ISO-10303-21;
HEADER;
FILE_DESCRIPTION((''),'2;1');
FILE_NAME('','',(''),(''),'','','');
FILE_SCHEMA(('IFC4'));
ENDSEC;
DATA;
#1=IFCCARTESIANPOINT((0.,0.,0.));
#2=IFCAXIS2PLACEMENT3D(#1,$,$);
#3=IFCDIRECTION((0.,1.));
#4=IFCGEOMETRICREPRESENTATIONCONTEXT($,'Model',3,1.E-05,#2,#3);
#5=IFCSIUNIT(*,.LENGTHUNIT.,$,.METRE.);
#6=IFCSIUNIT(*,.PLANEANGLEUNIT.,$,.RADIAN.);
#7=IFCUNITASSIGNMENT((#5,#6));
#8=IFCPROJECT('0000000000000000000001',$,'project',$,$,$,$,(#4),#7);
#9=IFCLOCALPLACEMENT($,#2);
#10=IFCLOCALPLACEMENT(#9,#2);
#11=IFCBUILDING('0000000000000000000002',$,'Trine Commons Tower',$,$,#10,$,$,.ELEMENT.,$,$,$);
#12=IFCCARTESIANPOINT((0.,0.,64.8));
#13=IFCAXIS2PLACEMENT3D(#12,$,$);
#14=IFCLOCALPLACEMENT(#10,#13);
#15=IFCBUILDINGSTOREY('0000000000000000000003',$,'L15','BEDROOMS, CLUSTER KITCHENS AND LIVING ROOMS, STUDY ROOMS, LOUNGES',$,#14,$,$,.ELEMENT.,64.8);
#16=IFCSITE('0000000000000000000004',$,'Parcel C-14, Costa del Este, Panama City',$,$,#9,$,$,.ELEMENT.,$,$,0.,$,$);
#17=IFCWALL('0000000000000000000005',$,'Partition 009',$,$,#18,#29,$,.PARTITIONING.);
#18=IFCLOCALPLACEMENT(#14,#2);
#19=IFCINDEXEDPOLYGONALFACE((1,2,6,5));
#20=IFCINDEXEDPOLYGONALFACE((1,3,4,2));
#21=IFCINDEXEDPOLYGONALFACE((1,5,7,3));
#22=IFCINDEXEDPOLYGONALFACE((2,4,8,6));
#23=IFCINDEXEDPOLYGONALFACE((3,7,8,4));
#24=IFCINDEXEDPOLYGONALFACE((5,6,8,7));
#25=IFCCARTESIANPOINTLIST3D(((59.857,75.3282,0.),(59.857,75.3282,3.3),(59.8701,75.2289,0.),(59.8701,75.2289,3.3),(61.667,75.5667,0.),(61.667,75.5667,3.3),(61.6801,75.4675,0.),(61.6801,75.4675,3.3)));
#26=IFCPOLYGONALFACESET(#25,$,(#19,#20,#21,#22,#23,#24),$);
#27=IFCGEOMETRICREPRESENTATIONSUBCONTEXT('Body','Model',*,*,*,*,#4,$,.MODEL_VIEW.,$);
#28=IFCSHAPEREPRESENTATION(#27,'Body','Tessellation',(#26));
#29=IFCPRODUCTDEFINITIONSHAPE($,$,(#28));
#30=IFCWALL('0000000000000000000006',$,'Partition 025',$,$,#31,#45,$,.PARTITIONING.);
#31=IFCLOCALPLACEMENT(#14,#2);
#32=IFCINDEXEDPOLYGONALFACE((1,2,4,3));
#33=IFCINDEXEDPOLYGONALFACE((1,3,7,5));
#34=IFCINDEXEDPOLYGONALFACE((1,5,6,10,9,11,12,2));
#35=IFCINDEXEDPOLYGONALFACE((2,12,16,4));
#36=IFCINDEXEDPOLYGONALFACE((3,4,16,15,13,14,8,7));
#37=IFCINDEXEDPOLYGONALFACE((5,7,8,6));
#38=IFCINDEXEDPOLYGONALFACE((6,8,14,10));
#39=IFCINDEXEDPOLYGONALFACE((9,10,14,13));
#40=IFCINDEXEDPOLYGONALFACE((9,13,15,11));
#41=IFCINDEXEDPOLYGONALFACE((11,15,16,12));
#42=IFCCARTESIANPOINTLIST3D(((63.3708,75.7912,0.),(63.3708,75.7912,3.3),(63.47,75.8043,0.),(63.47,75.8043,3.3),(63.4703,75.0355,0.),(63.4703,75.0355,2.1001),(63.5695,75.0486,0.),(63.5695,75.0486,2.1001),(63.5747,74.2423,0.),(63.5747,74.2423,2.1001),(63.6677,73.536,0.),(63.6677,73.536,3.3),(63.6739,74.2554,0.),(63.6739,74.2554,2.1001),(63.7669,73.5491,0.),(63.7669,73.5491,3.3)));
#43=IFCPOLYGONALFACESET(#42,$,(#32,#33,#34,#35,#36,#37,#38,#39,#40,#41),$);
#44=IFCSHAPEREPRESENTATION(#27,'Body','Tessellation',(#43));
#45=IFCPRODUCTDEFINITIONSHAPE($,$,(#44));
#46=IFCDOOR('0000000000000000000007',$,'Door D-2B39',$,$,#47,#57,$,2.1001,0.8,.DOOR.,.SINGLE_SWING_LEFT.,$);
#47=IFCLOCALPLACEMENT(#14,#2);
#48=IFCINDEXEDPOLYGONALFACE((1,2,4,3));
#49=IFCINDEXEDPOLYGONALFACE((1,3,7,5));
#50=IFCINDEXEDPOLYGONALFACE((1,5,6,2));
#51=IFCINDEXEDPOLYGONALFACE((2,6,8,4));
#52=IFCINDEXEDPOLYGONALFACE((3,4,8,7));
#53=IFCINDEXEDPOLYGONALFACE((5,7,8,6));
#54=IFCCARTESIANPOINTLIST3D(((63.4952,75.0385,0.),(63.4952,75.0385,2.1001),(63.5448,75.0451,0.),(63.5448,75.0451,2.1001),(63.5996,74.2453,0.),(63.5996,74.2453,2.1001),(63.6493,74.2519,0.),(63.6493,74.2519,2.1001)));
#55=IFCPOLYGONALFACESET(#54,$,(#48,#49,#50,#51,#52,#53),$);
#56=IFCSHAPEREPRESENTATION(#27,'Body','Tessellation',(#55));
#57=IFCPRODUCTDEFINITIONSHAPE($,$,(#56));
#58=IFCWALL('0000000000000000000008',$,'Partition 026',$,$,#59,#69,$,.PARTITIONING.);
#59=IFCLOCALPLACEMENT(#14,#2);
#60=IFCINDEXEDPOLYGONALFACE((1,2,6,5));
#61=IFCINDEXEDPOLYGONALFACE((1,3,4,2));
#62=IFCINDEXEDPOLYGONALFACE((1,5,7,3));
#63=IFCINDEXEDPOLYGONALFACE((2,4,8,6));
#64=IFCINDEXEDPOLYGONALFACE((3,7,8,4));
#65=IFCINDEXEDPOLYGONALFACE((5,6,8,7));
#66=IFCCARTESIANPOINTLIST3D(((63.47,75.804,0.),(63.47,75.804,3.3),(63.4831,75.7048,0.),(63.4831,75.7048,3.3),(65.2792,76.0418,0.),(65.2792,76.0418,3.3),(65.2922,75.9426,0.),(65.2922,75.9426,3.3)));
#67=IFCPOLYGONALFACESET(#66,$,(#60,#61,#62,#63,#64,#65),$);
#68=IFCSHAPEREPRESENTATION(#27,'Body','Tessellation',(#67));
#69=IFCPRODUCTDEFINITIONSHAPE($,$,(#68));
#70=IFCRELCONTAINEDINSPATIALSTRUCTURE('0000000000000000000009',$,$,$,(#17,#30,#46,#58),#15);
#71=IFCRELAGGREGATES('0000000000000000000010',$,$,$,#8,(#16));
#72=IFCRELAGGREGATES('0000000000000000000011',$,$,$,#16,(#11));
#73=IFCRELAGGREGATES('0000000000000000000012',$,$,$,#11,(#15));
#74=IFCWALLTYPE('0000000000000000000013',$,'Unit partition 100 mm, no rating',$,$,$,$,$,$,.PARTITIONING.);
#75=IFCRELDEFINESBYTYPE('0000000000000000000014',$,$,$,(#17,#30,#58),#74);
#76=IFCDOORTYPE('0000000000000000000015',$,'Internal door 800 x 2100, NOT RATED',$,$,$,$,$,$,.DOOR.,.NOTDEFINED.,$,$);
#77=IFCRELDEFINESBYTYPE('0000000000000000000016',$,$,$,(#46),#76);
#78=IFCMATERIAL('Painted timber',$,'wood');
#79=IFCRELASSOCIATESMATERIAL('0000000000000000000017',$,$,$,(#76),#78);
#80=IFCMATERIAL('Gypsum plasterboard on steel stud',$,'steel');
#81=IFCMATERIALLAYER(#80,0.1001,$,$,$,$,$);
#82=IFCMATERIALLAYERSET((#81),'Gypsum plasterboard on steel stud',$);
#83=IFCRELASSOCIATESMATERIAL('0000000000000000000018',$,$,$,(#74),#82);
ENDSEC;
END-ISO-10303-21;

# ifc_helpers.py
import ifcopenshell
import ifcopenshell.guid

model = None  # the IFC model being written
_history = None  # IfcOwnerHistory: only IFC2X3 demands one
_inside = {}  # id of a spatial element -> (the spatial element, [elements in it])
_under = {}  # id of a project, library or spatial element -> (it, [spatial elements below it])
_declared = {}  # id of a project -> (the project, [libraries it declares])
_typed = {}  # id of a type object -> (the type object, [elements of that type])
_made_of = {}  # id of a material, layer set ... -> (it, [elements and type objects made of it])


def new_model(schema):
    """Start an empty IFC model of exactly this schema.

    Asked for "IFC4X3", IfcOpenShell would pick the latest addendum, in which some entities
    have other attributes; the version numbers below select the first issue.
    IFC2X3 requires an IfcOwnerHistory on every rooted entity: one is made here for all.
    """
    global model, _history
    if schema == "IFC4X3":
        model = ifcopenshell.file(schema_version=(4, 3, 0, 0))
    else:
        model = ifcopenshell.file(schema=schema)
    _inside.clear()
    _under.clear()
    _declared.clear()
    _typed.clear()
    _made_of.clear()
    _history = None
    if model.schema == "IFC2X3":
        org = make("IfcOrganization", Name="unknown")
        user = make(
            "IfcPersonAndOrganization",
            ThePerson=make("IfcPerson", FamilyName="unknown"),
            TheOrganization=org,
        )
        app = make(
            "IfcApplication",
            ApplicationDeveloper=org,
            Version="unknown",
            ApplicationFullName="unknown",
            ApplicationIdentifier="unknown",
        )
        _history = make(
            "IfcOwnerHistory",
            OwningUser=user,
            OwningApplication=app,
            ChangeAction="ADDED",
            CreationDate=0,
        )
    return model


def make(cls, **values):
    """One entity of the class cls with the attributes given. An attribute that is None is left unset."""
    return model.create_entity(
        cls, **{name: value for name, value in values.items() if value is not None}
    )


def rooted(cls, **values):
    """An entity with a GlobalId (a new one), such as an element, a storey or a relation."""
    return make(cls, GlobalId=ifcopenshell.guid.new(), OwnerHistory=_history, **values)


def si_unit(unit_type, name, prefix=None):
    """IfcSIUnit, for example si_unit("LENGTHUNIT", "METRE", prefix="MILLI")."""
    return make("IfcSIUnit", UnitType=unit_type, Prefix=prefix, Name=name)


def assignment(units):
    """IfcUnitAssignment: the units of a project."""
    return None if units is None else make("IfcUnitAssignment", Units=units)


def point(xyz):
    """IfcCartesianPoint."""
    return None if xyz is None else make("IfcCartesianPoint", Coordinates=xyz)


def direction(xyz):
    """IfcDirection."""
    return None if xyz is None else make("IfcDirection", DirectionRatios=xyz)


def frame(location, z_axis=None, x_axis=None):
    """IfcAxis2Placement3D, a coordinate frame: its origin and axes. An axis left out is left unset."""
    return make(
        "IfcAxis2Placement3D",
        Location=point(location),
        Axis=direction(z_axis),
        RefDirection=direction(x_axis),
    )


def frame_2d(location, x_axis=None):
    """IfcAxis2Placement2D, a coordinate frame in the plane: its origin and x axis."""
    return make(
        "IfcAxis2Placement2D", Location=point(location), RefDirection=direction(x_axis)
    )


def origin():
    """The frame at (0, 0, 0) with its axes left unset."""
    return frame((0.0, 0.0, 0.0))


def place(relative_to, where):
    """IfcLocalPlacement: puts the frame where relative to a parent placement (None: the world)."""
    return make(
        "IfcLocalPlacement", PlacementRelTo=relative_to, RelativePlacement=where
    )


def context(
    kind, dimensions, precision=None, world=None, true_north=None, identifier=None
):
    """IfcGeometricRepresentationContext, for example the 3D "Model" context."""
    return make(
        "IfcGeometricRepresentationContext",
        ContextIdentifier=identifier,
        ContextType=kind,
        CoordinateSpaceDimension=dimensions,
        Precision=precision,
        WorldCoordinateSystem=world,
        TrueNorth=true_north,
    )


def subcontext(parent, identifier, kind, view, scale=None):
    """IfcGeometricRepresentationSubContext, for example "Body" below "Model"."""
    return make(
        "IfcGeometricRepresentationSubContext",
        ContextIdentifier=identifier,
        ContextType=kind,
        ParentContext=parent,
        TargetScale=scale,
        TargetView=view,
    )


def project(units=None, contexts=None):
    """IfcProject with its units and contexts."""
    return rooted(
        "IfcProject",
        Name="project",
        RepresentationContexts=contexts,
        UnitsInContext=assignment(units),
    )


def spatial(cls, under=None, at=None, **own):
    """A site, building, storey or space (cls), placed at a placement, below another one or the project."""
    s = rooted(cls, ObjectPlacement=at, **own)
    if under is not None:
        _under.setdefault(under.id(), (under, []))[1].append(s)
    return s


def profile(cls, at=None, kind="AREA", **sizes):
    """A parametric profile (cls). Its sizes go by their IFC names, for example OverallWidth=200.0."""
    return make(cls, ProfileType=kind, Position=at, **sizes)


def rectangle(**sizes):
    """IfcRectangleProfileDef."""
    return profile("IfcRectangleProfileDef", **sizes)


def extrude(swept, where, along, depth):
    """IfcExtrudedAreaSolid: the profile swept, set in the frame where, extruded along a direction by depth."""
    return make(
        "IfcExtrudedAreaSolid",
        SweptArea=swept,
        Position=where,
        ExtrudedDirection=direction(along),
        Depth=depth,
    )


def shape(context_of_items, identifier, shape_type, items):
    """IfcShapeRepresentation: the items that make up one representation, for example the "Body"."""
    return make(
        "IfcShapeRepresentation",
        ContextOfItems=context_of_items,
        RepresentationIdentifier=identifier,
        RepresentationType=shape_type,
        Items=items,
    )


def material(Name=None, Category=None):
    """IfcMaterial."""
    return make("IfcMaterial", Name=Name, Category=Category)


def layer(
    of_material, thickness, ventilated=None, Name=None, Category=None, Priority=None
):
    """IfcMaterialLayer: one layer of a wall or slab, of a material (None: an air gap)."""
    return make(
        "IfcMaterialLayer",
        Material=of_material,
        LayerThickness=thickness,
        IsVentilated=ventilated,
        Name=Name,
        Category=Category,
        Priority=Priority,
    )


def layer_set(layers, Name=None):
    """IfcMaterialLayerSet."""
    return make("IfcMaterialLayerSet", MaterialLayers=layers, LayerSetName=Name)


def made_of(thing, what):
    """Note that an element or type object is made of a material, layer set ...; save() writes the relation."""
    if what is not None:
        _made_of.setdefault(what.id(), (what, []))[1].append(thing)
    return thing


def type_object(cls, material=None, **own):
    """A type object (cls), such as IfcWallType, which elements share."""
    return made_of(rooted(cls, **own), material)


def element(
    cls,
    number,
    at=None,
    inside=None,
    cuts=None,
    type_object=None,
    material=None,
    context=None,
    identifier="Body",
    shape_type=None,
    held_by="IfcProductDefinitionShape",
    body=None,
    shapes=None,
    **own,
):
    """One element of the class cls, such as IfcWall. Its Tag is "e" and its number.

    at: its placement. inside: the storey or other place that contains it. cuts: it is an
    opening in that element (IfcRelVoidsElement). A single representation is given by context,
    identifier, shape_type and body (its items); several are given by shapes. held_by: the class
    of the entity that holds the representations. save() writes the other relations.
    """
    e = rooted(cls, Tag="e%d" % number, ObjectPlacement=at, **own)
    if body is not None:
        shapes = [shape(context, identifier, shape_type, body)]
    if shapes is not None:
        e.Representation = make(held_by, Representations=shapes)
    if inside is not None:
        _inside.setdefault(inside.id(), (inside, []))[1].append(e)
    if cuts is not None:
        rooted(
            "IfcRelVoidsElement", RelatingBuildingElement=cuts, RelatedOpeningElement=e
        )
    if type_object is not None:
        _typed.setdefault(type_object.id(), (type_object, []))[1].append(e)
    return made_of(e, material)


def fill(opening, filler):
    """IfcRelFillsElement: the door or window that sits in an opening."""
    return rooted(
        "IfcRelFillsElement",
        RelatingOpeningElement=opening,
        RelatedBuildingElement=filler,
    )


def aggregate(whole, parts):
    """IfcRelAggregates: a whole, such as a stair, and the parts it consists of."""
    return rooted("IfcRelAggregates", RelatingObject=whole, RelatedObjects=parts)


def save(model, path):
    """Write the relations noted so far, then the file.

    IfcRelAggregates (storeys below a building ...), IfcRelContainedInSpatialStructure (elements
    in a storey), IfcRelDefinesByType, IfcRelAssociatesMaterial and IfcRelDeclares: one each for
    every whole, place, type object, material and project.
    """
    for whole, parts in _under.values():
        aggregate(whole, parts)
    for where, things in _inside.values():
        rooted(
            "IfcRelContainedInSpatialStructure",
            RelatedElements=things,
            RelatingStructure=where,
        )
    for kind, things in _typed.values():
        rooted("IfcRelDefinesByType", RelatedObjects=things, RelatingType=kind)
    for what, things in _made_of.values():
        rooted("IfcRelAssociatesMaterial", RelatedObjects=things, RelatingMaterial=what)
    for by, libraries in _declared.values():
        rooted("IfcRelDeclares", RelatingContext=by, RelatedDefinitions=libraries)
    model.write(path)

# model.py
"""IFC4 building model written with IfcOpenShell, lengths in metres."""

from ifc_helpers import new_model, si_unit, direction, frame, frame_2d, origin, place, context, subcontext, project, spatial, rectangle, extrude, material, layer, layer_set, type_object, element, fill, save


model = new_model("IFC4")

# Units and contexts
model_context = context("Model", 3, precision=1e-05, world=origin(), true_north=direction((0.0, 1.0)))
body_context = subcontext(model_context, "Body", "Model", "MODEL_VIEW")
ifc_project = project(units=[si_unit("LENGTHUNIT", "METRE"), si_unit("PLANEANGLEUNIT", "RADIAN")], contexts=[model_context])

# Site, building, storey
site_placement = place(None, origin())
site = spatial("IfcSite", under=ifc_project, at=site_placement, Name="Parcel C-14, Costa del Este, Panama City", CompositionType="ELEMENT", RefElevation=0.0)
building_placement = place(site_placement, origin())
building = spatial("IfcBuilding", under=site, at=building_placement, Name="Trine Commons Tower", CompositionType="ELEMENT")
storey_placement = place(building_placement, frame((0.0, 0.0, 64.8)))
storey = spatial("IfcBuildingStorey", under=building, at=storey_placement, Name="L15", Description="BEDROOMS, CLUSTER KITCHENS AND LIVING ROOMS, STUDY ROOMS, LOUNGES", CompositionType="ELEMENT", Elevation=64.8)

# Shared definitions
ifc_material_1 = material(Name="Gypsum plasterboard on steel stud", Category="steel")

# Shared definitions
ifc_material_2 = material(Name="Painted timber", Category="wood")
door_type_1 = type_object("IfcDoorType", Name="Internal door 800 x 2100, NOT RATED", OperationType="NOTDEFINED", PredefinedType="DOOR", material=ifc_material_2)

# Wall
ifc_layer_1 = layer(ifc_material_1, 0.1001)
ifc_layer_set_1 = layer_set([ifc_layer_1], Name="Gypsum plasterboard on steel stud")
wall_type_1 = type_object("IfcWallType", Name="Unit partition 100 mm, no rating", PredefinedType="PARTITIONING", material=ifc_layer_set_1)
wall_1_placement = place(storey_placement, frame((59.8635, 75.2786, 0.0), z_axis=(0.0, 0.0, 1.0), x_axis=(0.991429, 0.130648, 0.0)))
element("IfcWall", 1, at=wall_1_placement, inside=storey, type_object=wall_type_1, Name="Partition 009", PredefinedType="PARTITIONING", context=body_context, shape_type="SweptSolid", body=[
    extrude(rectangle(XDim=1.8257, YDim=0.1001, at=frame_2d((0.9128, 0.0))), origin(), (0.0, 0.0, 1.0), 3.3),
])

# Wall, opening, door
wall_2_placement = place(storey_placement, frame((63.4204, 75.7976, 0.0), z_axis=(0.0, 0.0, 1.0), x_axis=(0.130518, -0.991446, 0.0)))
wall_2 = element("IfcWall", 2, at=wall_2_placement, inside=storey, type_object=wall_type_1, Name="Partition 025", PredefinedType="PARTITIONING", context=body_context, shape_type="SweptSolid", body=[
    extrude(rectangle(XDim=2.2747, YDim=0.1001, at=frame_2d((1.1372, 0.0))), origin(), (0.0, 0.0, 1.0), 3.3),
])
opening_1_placement = place(wall_2_placement, frame((0.7622, 0.0, 0.0)))
opening_1 = element("IfcOpeningElement", 3, at=opening_1_placement, cuts=wall_2, PredefinedType="OPENING", context=body_context, shape_type="SweptSolid", body=[
    extrude(rectangle(XDim=0.8, YDim=2.1001, at=frame_2d((0.3999, 1.05))), frame((0.0, 0.0601, 0.0), z_axis=(0.0, -1.0, 0.0), x_axis=(1.0, 0.0, 0.0)), (0.0, 0.0, 1.0), 0.1201),
])
door_1_placement = place(opening_1_placement, frame((0.8, 0.0, 0.0), z_axis=(0.0, 0.0, 1.0), x_axis=(-1.0, 0.0, 0.0)))
door_1 = element("IfcDoor", 4, at=door_1_placement, inside=storey, type_object=door_type_1, Name="Door D-2B39", OperationType="SINGLE_SWING_LEFT", OverallHeight=2.1001, OverallWidth=0.8, PredefinedType="DOOR", context=body_context, shape_type="SweptSolid", body=[
    extrude(rectangle(XDim=0.8, YDim=2.1001, at=frame_2d((0.3999, 1.05))), frame((0.0, 0.0249, 0.0), z_axis=(0.0, -1.0, 0.0), x_axis=(1.0, 0.0, 0.0)), (0.0, 0.0, 1.0), 0.05),
])
fill(opening_1, door_1)

# Wall
wall_3_placement = place(storey_placement, frame((63.4766, 75.7544, 0.0), z_axis=(0.0, 0.0, 1.0), x_axis=(0.991472, 0.130323, 0.0)))
element("IfcWall", 5, at=wall_3_placement, inside=storey, type_object=wall_type_1, Name="Partition 026", PredefinedType="PARTITIONING", context=body_context, shape_type="SweptSolid", body=[
    extrude(rectangle(XDim=1.8247, YDim=0.1001, at=frame_2d((0.9124, 0.0))), origin(), (0.0, 0.0, 1.0), 3.3),
])

save(model, "model.ifc")
